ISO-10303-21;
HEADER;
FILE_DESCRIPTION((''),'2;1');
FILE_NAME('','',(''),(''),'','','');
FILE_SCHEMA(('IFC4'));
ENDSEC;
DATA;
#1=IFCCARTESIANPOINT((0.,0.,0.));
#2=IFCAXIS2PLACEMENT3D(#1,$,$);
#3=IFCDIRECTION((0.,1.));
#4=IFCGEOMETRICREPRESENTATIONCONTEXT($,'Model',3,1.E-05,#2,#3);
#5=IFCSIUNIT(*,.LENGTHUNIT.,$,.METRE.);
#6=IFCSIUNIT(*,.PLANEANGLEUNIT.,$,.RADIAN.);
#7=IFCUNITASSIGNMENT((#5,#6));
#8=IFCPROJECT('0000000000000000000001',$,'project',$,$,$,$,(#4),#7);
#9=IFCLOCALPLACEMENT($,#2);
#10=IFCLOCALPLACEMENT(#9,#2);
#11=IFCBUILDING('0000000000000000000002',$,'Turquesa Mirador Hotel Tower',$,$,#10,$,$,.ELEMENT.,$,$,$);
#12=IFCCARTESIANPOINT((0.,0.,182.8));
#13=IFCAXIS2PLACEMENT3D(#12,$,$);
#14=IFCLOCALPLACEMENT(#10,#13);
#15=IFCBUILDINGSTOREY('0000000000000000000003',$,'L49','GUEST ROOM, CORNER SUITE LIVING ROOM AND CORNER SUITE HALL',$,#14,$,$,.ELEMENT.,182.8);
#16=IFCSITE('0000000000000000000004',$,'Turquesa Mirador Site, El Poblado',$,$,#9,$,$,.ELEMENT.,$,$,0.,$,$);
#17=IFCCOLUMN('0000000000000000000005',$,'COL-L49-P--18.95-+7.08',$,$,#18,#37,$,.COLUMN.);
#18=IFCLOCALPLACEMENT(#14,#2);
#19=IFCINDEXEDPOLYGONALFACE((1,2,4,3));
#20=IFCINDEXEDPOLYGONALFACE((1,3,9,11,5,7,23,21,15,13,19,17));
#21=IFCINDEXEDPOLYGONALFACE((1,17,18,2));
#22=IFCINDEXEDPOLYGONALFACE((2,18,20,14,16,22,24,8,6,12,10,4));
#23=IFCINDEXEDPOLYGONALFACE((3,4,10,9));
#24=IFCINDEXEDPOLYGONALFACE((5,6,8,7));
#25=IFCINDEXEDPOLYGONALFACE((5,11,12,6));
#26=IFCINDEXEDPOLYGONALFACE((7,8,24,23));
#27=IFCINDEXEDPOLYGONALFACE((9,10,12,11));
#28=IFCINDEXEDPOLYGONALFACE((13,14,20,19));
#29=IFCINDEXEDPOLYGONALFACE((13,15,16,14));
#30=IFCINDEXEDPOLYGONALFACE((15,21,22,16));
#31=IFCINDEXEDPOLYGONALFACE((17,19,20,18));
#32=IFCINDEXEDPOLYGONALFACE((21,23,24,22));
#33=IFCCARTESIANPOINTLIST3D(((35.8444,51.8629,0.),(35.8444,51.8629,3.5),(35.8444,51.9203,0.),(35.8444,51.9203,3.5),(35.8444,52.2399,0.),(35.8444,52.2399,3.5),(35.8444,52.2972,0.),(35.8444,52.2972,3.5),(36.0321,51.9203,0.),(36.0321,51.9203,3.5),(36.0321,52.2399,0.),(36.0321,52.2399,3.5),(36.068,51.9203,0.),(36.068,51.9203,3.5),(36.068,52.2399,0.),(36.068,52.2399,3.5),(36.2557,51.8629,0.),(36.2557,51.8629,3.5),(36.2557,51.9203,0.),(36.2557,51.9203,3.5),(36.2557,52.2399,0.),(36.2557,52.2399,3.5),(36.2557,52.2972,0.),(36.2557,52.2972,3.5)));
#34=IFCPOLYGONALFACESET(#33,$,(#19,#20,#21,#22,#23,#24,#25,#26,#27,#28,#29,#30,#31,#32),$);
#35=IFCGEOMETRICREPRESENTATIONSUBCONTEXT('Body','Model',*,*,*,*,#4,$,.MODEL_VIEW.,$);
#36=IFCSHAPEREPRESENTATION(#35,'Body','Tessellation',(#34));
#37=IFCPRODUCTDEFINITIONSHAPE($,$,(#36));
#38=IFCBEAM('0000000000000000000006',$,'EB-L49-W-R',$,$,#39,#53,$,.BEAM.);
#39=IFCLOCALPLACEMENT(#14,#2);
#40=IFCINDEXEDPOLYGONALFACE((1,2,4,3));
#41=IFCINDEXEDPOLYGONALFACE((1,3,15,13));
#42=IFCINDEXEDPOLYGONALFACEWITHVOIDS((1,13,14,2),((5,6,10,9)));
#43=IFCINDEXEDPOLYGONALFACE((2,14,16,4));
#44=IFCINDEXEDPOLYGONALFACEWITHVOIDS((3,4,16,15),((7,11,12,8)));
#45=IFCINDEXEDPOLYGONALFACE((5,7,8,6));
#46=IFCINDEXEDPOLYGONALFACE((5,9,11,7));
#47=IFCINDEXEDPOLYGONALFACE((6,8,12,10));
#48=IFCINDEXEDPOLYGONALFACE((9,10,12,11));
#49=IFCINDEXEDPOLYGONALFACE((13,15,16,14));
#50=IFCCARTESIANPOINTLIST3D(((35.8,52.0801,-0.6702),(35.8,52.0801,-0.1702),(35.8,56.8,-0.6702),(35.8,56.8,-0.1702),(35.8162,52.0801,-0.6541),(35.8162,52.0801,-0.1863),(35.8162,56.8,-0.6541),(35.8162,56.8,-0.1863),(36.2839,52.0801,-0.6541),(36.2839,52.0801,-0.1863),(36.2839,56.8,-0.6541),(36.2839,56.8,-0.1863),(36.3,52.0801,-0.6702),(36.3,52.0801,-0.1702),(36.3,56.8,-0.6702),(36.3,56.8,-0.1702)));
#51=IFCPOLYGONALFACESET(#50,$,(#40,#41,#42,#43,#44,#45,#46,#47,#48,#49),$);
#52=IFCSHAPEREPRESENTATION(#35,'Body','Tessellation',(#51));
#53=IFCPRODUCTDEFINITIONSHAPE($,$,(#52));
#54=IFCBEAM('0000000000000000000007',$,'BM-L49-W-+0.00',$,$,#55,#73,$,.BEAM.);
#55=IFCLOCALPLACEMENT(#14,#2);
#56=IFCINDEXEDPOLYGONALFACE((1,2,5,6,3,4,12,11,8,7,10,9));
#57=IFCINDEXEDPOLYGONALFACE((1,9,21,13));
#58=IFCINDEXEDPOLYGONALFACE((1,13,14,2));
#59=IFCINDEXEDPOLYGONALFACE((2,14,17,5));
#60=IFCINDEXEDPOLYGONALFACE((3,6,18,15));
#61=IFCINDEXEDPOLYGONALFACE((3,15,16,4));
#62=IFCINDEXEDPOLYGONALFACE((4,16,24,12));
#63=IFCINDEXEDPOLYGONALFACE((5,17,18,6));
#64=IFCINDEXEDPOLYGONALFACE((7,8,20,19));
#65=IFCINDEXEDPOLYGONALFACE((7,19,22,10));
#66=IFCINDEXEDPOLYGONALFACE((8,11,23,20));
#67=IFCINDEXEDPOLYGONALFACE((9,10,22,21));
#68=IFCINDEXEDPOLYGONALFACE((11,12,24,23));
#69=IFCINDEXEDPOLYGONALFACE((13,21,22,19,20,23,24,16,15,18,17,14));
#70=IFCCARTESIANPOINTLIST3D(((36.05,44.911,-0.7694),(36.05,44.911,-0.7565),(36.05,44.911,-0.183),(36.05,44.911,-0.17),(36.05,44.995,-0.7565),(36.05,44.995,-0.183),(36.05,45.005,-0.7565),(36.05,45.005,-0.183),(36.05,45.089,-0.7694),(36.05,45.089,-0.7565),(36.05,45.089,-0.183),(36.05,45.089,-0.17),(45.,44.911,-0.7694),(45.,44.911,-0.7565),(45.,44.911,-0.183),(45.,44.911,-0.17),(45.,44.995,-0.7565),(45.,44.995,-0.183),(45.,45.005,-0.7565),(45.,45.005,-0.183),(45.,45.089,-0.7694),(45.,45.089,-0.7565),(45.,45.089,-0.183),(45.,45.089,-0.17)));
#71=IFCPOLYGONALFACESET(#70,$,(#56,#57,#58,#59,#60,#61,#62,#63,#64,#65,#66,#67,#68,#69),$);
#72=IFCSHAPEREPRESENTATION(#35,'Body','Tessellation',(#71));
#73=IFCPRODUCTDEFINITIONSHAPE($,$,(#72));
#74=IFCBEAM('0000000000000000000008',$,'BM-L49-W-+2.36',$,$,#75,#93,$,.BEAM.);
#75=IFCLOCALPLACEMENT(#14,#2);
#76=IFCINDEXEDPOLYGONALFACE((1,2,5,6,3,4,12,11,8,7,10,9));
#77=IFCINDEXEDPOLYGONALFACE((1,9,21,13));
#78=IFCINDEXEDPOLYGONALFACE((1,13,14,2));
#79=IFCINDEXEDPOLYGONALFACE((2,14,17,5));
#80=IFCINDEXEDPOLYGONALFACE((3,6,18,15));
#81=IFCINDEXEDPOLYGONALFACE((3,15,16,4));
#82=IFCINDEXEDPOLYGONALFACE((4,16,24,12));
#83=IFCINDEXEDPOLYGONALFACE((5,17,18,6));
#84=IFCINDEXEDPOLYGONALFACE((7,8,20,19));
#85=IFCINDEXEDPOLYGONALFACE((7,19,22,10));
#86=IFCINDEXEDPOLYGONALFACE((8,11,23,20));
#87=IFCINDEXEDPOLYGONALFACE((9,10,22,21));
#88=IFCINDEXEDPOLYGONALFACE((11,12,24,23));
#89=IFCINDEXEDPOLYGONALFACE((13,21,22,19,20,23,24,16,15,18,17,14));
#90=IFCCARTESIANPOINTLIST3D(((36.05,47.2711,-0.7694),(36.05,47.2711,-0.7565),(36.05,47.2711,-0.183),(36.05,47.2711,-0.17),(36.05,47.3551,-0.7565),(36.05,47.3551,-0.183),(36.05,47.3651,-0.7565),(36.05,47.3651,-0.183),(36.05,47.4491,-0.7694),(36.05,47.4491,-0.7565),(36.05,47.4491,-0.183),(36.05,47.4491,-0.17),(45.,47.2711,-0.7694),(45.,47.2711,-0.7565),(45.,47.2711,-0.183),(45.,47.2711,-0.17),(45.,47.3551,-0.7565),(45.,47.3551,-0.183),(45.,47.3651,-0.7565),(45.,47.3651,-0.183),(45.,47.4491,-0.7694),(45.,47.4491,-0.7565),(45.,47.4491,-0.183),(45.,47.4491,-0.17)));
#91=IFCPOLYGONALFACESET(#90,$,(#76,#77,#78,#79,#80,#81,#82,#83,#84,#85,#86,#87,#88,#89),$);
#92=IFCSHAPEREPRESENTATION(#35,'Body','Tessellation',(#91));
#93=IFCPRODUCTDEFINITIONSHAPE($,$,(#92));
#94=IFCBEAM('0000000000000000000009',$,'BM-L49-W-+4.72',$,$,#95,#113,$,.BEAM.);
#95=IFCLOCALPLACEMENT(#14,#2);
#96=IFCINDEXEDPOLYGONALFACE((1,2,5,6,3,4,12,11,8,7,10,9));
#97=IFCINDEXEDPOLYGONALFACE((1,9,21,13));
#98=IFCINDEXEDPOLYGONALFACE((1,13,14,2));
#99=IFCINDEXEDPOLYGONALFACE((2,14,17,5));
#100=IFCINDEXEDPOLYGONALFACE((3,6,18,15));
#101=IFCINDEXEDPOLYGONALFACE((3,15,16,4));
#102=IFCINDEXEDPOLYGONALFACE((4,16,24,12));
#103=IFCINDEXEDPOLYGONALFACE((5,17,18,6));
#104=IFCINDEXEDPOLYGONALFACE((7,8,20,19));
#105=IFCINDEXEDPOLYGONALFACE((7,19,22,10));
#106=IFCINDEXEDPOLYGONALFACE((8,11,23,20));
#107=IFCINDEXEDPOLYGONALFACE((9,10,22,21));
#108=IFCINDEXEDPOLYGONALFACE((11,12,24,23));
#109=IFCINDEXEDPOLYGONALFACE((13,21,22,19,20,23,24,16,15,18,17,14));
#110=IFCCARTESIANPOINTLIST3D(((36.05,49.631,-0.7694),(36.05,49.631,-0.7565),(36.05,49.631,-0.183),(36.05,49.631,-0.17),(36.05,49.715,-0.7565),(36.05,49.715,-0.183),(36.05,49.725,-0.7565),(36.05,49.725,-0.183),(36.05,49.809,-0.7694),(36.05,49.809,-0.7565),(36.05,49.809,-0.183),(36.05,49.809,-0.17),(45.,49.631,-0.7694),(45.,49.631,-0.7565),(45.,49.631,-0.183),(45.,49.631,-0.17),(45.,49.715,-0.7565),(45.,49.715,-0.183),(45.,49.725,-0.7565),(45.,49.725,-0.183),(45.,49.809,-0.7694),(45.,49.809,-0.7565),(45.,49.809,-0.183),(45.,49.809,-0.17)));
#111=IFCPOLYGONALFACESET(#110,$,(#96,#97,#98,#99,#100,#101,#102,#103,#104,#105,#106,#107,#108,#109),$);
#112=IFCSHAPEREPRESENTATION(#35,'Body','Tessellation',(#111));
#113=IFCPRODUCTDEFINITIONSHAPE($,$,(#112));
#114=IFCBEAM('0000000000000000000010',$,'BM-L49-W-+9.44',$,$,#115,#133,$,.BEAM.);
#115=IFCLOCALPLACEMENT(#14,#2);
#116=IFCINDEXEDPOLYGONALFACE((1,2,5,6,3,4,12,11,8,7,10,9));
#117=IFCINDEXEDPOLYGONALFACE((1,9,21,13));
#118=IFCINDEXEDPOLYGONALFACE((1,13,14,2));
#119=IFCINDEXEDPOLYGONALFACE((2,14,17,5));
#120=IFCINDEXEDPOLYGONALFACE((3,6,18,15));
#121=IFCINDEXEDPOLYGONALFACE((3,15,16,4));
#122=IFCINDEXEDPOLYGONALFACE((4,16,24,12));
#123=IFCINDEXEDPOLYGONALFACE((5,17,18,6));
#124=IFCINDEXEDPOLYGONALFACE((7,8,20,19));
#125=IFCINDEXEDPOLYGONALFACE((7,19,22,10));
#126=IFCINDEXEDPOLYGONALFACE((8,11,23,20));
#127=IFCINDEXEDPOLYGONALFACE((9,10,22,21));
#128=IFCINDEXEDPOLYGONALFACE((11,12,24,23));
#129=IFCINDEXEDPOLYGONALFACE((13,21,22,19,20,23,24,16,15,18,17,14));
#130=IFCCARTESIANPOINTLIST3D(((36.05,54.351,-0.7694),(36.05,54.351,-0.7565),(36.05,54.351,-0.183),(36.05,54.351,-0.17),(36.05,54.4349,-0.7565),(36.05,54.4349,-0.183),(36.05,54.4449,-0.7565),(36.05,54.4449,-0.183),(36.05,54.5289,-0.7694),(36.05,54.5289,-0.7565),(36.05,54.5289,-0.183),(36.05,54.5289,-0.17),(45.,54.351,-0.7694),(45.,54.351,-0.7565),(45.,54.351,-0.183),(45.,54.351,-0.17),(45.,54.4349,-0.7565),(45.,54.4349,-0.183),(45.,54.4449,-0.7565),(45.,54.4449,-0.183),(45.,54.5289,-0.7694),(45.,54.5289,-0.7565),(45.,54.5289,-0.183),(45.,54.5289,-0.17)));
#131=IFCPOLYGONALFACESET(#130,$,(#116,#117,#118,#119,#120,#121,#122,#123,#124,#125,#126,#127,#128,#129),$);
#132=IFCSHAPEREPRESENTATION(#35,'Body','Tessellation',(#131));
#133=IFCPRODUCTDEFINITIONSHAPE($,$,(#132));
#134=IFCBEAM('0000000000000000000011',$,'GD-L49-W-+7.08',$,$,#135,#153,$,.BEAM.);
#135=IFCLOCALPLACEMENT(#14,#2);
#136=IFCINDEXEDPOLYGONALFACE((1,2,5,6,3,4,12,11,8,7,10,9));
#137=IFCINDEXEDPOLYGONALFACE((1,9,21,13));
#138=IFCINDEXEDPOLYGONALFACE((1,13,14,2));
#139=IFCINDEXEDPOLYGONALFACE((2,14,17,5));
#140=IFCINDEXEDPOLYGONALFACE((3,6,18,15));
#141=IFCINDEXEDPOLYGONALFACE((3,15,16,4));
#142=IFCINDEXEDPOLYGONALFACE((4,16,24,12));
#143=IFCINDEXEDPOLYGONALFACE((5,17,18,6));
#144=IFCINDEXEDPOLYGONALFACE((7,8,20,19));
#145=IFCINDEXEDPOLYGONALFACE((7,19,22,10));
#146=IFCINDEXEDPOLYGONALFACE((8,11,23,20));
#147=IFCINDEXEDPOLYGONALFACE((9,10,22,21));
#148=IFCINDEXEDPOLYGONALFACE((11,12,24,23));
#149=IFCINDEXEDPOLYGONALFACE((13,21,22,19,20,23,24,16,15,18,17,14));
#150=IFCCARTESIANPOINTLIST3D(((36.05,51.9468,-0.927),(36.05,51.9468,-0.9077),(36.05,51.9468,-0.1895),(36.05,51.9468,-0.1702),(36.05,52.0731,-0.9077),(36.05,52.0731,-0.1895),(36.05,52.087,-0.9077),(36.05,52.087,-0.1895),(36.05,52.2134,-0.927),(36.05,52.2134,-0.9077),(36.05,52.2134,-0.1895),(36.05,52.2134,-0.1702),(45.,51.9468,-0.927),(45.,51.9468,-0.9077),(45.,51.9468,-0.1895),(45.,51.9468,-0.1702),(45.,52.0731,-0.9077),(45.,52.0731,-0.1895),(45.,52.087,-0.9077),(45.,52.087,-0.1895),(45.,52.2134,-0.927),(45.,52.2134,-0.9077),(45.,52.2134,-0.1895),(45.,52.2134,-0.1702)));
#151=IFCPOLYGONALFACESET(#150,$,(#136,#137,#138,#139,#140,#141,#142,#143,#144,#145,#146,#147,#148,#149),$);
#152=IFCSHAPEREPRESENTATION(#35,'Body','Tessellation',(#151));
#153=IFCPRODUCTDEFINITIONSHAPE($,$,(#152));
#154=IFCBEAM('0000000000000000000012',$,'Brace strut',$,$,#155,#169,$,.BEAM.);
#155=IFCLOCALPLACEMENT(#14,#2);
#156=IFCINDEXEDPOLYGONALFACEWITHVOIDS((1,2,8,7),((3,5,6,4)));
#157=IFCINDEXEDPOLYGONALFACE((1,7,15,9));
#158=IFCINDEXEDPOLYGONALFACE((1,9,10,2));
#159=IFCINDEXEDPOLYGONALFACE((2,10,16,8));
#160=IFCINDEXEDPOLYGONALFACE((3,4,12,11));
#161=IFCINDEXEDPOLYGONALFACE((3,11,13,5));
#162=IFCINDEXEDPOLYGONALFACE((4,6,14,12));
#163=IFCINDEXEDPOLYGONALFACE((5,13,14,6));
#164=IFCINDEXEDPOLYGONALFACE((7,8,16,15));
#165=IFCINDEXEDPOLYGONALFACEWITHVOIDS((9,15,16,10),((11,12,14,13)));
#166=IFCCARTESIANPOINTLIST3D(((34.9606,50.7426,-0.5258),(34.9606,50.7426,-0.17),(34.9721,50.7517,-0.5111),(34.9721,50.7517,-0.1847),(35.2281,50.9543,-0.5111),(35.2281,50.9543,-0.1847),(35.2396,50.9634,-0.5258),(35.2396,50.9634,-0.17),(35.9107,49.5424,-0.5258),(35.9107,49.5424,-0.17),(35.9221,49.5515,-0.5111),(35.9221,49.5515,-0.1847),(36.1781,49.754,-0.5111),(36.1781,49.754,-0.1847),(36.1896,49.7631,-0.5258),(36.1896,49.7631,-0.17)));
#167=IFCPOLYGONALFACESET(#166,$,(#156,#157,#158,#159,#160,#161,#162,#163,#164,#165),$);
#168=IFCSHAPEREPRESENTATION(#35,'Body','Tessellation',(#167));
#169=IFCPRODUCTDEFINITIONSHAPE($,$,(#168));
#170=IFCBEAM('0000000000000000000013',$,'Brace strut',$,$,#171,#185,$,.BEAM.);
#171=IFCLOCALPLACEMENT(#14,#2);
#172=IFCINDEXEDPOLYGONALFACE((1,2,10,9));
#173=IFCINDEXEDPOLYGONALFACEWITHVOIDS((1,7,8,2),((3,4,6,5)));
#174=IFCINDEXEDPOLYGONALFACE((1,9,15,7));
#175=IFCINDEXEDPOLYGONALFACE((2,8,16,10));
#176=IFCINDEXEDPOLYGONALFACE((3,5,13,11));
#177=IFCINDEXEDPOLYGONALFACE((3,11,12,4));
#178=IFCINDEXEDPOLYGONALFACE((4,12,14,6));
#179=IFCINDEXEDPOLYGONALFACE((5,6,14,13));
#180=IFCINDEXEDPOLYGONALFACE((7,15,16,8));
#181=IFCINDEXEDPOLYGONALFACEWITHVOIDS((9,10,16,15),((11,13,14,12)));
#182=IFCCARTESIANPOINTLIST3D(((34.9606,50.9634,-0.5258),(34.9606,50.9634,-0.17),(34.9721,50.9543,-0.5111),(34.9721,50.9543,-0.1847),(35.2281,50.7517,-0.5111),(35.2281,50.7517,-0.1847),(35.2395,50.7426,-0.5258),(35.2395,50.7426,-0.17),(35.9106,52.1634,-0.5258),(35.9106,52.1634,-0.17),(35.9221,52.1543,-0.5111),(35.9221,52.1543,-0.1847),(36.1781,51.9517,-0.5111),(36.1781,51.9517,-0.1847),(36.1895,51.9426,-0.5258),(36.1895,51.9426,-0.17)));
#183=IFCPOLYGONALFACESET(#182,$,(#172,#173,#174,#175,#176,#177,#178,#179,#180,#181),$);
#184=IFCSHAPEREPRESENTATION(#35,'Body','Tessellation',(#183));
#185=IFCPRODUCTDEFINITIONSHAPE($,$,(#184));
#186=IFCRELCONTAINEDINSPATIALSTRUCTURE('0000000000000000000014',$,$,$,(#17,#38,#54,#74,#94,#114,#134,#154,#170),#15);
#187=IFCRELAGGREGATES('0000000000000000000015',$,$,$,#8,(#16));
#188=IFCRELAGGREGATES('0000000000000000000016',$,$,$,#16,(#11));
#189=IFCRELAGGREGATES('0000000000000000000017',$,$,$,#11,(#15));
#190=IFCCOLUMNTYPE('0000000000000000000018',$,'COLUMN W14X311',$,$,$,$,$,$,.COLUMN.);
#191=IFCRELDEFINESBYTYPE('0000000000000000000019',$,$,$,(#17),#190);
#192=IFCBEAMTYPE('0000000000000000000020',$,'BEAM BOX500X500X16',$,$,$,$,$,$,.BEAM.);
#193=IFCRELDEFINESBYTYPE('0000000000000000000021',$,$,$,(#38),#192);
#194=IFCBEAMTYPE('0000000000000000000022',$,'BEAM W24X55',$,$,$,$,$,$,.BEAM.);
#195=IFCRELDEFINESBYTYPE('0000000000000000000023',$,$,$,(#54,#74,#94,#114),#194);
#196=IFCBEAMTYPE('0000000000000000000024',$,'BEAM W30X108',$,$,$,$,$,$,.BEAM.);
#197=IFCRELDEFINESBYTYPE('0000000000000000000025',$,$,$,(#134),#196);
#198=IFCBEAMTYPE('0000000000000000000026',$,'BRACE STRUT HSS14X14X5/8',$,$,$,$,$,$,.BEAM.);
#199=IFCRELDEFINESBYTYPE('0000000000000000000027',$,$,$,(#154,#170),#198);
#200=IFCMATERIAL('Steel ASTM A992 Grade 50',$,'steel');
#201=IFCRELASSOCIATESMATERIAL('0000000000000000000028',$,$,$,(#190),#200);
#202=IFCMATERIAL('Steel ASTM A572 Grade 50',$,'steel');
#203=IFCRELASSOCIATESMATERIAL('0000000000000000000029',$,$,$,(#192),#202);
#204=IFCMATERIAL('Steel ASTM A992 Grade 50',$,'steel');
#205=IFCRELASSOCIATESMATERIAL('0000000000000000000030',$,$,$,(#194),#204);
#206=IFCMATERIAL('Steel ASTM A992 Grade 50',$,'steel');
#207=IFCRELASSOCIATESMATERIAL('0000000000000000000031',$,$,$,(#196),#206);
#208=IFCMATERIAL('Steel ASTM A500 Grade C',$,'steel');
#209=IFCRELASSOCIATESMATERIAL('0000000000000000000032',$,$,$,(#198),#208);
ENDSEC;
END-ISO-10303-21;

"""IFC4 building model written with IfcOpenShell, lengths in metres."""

from ifc_helpers import new_model, si_unit, direction, frame, origin, origin_2d, place, context, subcontext, project, spatial, hollow_rectangle, i_section, extrude, material, material_profile, profile_set, type_object, element, save


model = new_model("IFC4")

# Units and contexts
model_context = context("Model", 3, precision=1e-05, world=origin(), true_north=direction((0.0, 1.0)))
body_context = subcontext(model_context, "Body", "Model", "MODEL_VIEW")
ifc_project = project(units=[si_unit("LENGTHUNIT", "METRE"), si_unit("PLANEANGLEUNIT", "RADIAN")], contexts=[model_context])

# Site, building, storey
site_placement = place(None, origin())
site = spatial("IfcSite", under=ifc_project, at=site_placement, Name="Turquesa Mirador Site, El Poblado", CompositionType="ELEMENT", RefElevation=0.0)
building_placement = place(site_placement, origin())
building = spatial("IfcBuilding", under=site, at=building_placement, Name="Turquesa Mirador Hotel Tower", CompositionType="ELEMENT")
storey_placement = place(building_placement, frame((0.0, 0.0, 182.8)))
storey = spatial("IfcBuildingStorey", under=building, at=storey_placement, Name="L49", Description="GUEST ROOM, CORNER SUITE LIVING ROOM AND CORNER SUITE HALL", CompositionType="ELEMENT", Elevation=182.8)

# Column
ifc_material_1 = material(Name="Steel ASTM A992 Grade 50", Category="steel")
ifc_material_profile_1 = material_profile(ifc_material_1, i_section(OverallWidth=0.4114, OverallDepth=0.4343, WebThickness=0.0359, FlangeThickness=0.0574, at=origin_2d()), Name="W14X311")
ifc_profile_set_1 = profile_set([ifc_material_profile_1], Name="Steel ASTM A992 Grade 50")
column_type = type_object("IfcColumnType", Name="COLUMN W14X311", PredefinedType="COLUMN", material=ifc_profile_set_1)
column_placement = place(storey_placement, frame((36.05, 52.0801, 0.0), z_axis=(0.0, 0.0, 1.0), x_axis=(1.0, 0.0, 0.0)))
element("IfcColumn", 1, at=column_placement, inside=storey, type_object=column_type, Name="COL-L49-P--18.95-+7.08", PredefinedType="COLUMN", context=body_context, shape_type="SweptSolid", body=[
    extrude(i_section(OverallWidth=0.4114, OverallDepth=0.4343, WebThickness=0.0359, FlangeThickness=0.0574, at=origin_2d()), origin(), (0.0, 0.0, 1.0), 3.5),
])

# Beams
ifc_material_2 = material(Name="Steel ASTM A572 Grade 50", Category="steel")
ifc_material_profile_2 = material_profile(ifc_material_2, hollow_rectangle(XDim=0.5, YDim=0.5, WallThickness=0.0161, at=origin_2d()), Name="BOX500X500X16")
ifc_profile_set_2 = profile_set([ifc_material_profile_2], Name="Steel ASTM A572 Grade 50")
beam_type_1 = type_object("IfcBeamType", Name="BEAM BOX500X500X16", PredefinedType="BEAM", material=ifc_profile_set_2)
beam_1_placement = place(storey_placement, frame((36.05, 52.0801, -0.4202), z_axis=(0.0, 1.0, 0.0), x_axis=(-1.0, 0.0, 0.0)))
element("IfcBeam", 2, at=beam_1_placement, inside=storey, type_object=beam_type_1, Name="EB-L49-W-R", PredefinedType="BEAM", context=body_context, shape_type="SweptSolid", body=[
    extrude(hollow_rectangle(XDim=0.5, YDim=0.5, WallThickness=0.0161, at=origin_2d()), origin(), (0.0, 0.0, 1.0), 4.72),
])
ifc_material_3 = material(Name="Steel ASTM A992 Grade 50", Category="steel")
ifc_material_profile_3 = material_profile(ifc_material_3, i_section(OverallWidth=0.178, OverallDepth=0.5994, WebThickness=0.01, FlangeThickness=0.0129, at=origin_2d()), Name="W24X55")
ifc_profile_set_3 = profile_set([ifc_material_profile_3], Name="Steel ASTM A992 Grade 50")
beam_type_2 = type_object("IfcBeamType", Name="BEAM W24X55", PredefinedType="BEAM", material=ifc_profile_set_3)
for number, where, z_axis, x_axis, name in (
    (3, (36.05, 45.0, -0.4697), (1.0, 0.0, 0.0), (0.0, 1.0, 0.0), "BM-L49-W-+0.00"),
    (4, (36.05, 47.3601, -0.4697), (1.0, 0.0, 0.0), (0.0, 1.0, 0.0), "BM-L49-W-+2.36"),
    (5, (36.05, 49.72, -0.4697), (1.0, 0.0, 0.0), (0.0, 1.0, 0.0), "BM-L49-W-+4.72"),
    (6, (36.05, 54.4399, -0.4697), (1.0, 0.0, 0.0), (0.0, 1.0, 0.0), "BM-L49-W-+9.44"),
):
    element("IfcBeam", number, at=place(storey_placement, frame(where, z_axis=z_axis, x_axis=x_axis)), inside=storey, type_object=beam_type_2, Name=name, PredefinedType="BEAM", context=body_context, shape_type="SweptSolid", body=[
        extrude(i_section(OverallWidth=0.178, OverallDepth=0.5994, WebThickness=0.01, FlangeThickness=0.0129, at=origin_2d()), origin(), (0.0, 0.0, 1.0), 8.95),
    ])
ifc_material_4 = material(Name="Steel ASTM A992 Grade 50", Category="steel")
ifc_material_profile_4 = material_profile(ifc_material_4, i_section(OverallWidth=0.2666, OverallDepth=0.7568, WebThickness=0.0139, FlangeThickness=0.0193, at=origin_2d()), Name="W30X108")
ifc_profile_set_4 = profile_set([ifc_material_profile_4], Name="Steel ASTM A992 Grade 50")
beam_type_3 = type_object("IfcBeamType", Name="BEAM W30X108", PredefinedType="BEAM", material=ifc_profile_set_4)
beam_2_placement = place(storey_placement, frame((36.05, 52.0801, -0.5486), z_axis=(1.0, 0.0, 0.0), x_axis=(0.0, 1.0, 0.0)))
element("IfcBeam", 7, at=beam_2_placement, inside=storey, type_object=beam_type_3, Name="GD-L49-W-+7.08", PredefinedType="BEAM", context=body_context, shape_type="SweptSolid", body=[
    extrude(i_section(OverallWidth=0.2666, OverallDepth=0.7568, WebThickness=0.0139, FlangeThickness=0.0193, at=origin_2d()), origin(), (0.0, 0.0, 1.0), 8.95),
])
ifc_material_5 = material(Name="Steel ASTM A500 Grade C", Category="steel")
ifc_material_profile_5 = material_profile(ifc_material_5, hollow_rectangle(XDim=0.3557, YDim=0.3557, WallThickness=0.0146, at=origin_2d()), Name="HSS14X14X5/8")
ifc_profile_set_5 = profile_set([ifc_material_profile_5], Name="Steel ASTM A500 Grade C")
beam_type_4 = type_object("IfcBeamType", Name="BRACE STRUT HSS14X14X5/8", PredefinedType="BEAM", material=ifc_profile_set_5)
beam_3_placement = place(storey_placement, frame((35.1001, 50.853, -0.3479), z_axis=(0.620621, -0.784111, 0.0), x_axis=(0.784111, 0.620621, 0.0)))
element("IfcBeam", 8, at=beam_3_placement, inside=storey, type_object=beam_type_4, Name="Brace strut", PredefinedType="BEAM", context=body_context, shape_type="SweptSolid", body=[
    extrude(hollow_rectangle(XDim=0.3557, YDim=0.3557, WallThickness=0.0146, at=origin_2d()), origin(), (0.0, 0.0, 1.0), 1.5308),
])
beam_4_placement = place(storey_placement, frame((35.1001, 50.853, -0.3479), z_axis=(0.620699, 0.784049, 0.0), x_axis=(-0.784049, 0.620699, 0.0)))
element("IfcBeam", 9, at=beam_4_placement, inside=storey, type_object=beam_type_4, Name="Brace strut", PredefinedType="BEAM", context=body_context, shape_type="SweptSolid", body=[
    extrude(hollow_rectangle(XDim=0.3557, YDim=0.3557, WallThickness=0.0146, at=origin_2d()), origin(), (0.0, 0.0, 1.0), 1.5305),
])

save(model, "model.ifc")
